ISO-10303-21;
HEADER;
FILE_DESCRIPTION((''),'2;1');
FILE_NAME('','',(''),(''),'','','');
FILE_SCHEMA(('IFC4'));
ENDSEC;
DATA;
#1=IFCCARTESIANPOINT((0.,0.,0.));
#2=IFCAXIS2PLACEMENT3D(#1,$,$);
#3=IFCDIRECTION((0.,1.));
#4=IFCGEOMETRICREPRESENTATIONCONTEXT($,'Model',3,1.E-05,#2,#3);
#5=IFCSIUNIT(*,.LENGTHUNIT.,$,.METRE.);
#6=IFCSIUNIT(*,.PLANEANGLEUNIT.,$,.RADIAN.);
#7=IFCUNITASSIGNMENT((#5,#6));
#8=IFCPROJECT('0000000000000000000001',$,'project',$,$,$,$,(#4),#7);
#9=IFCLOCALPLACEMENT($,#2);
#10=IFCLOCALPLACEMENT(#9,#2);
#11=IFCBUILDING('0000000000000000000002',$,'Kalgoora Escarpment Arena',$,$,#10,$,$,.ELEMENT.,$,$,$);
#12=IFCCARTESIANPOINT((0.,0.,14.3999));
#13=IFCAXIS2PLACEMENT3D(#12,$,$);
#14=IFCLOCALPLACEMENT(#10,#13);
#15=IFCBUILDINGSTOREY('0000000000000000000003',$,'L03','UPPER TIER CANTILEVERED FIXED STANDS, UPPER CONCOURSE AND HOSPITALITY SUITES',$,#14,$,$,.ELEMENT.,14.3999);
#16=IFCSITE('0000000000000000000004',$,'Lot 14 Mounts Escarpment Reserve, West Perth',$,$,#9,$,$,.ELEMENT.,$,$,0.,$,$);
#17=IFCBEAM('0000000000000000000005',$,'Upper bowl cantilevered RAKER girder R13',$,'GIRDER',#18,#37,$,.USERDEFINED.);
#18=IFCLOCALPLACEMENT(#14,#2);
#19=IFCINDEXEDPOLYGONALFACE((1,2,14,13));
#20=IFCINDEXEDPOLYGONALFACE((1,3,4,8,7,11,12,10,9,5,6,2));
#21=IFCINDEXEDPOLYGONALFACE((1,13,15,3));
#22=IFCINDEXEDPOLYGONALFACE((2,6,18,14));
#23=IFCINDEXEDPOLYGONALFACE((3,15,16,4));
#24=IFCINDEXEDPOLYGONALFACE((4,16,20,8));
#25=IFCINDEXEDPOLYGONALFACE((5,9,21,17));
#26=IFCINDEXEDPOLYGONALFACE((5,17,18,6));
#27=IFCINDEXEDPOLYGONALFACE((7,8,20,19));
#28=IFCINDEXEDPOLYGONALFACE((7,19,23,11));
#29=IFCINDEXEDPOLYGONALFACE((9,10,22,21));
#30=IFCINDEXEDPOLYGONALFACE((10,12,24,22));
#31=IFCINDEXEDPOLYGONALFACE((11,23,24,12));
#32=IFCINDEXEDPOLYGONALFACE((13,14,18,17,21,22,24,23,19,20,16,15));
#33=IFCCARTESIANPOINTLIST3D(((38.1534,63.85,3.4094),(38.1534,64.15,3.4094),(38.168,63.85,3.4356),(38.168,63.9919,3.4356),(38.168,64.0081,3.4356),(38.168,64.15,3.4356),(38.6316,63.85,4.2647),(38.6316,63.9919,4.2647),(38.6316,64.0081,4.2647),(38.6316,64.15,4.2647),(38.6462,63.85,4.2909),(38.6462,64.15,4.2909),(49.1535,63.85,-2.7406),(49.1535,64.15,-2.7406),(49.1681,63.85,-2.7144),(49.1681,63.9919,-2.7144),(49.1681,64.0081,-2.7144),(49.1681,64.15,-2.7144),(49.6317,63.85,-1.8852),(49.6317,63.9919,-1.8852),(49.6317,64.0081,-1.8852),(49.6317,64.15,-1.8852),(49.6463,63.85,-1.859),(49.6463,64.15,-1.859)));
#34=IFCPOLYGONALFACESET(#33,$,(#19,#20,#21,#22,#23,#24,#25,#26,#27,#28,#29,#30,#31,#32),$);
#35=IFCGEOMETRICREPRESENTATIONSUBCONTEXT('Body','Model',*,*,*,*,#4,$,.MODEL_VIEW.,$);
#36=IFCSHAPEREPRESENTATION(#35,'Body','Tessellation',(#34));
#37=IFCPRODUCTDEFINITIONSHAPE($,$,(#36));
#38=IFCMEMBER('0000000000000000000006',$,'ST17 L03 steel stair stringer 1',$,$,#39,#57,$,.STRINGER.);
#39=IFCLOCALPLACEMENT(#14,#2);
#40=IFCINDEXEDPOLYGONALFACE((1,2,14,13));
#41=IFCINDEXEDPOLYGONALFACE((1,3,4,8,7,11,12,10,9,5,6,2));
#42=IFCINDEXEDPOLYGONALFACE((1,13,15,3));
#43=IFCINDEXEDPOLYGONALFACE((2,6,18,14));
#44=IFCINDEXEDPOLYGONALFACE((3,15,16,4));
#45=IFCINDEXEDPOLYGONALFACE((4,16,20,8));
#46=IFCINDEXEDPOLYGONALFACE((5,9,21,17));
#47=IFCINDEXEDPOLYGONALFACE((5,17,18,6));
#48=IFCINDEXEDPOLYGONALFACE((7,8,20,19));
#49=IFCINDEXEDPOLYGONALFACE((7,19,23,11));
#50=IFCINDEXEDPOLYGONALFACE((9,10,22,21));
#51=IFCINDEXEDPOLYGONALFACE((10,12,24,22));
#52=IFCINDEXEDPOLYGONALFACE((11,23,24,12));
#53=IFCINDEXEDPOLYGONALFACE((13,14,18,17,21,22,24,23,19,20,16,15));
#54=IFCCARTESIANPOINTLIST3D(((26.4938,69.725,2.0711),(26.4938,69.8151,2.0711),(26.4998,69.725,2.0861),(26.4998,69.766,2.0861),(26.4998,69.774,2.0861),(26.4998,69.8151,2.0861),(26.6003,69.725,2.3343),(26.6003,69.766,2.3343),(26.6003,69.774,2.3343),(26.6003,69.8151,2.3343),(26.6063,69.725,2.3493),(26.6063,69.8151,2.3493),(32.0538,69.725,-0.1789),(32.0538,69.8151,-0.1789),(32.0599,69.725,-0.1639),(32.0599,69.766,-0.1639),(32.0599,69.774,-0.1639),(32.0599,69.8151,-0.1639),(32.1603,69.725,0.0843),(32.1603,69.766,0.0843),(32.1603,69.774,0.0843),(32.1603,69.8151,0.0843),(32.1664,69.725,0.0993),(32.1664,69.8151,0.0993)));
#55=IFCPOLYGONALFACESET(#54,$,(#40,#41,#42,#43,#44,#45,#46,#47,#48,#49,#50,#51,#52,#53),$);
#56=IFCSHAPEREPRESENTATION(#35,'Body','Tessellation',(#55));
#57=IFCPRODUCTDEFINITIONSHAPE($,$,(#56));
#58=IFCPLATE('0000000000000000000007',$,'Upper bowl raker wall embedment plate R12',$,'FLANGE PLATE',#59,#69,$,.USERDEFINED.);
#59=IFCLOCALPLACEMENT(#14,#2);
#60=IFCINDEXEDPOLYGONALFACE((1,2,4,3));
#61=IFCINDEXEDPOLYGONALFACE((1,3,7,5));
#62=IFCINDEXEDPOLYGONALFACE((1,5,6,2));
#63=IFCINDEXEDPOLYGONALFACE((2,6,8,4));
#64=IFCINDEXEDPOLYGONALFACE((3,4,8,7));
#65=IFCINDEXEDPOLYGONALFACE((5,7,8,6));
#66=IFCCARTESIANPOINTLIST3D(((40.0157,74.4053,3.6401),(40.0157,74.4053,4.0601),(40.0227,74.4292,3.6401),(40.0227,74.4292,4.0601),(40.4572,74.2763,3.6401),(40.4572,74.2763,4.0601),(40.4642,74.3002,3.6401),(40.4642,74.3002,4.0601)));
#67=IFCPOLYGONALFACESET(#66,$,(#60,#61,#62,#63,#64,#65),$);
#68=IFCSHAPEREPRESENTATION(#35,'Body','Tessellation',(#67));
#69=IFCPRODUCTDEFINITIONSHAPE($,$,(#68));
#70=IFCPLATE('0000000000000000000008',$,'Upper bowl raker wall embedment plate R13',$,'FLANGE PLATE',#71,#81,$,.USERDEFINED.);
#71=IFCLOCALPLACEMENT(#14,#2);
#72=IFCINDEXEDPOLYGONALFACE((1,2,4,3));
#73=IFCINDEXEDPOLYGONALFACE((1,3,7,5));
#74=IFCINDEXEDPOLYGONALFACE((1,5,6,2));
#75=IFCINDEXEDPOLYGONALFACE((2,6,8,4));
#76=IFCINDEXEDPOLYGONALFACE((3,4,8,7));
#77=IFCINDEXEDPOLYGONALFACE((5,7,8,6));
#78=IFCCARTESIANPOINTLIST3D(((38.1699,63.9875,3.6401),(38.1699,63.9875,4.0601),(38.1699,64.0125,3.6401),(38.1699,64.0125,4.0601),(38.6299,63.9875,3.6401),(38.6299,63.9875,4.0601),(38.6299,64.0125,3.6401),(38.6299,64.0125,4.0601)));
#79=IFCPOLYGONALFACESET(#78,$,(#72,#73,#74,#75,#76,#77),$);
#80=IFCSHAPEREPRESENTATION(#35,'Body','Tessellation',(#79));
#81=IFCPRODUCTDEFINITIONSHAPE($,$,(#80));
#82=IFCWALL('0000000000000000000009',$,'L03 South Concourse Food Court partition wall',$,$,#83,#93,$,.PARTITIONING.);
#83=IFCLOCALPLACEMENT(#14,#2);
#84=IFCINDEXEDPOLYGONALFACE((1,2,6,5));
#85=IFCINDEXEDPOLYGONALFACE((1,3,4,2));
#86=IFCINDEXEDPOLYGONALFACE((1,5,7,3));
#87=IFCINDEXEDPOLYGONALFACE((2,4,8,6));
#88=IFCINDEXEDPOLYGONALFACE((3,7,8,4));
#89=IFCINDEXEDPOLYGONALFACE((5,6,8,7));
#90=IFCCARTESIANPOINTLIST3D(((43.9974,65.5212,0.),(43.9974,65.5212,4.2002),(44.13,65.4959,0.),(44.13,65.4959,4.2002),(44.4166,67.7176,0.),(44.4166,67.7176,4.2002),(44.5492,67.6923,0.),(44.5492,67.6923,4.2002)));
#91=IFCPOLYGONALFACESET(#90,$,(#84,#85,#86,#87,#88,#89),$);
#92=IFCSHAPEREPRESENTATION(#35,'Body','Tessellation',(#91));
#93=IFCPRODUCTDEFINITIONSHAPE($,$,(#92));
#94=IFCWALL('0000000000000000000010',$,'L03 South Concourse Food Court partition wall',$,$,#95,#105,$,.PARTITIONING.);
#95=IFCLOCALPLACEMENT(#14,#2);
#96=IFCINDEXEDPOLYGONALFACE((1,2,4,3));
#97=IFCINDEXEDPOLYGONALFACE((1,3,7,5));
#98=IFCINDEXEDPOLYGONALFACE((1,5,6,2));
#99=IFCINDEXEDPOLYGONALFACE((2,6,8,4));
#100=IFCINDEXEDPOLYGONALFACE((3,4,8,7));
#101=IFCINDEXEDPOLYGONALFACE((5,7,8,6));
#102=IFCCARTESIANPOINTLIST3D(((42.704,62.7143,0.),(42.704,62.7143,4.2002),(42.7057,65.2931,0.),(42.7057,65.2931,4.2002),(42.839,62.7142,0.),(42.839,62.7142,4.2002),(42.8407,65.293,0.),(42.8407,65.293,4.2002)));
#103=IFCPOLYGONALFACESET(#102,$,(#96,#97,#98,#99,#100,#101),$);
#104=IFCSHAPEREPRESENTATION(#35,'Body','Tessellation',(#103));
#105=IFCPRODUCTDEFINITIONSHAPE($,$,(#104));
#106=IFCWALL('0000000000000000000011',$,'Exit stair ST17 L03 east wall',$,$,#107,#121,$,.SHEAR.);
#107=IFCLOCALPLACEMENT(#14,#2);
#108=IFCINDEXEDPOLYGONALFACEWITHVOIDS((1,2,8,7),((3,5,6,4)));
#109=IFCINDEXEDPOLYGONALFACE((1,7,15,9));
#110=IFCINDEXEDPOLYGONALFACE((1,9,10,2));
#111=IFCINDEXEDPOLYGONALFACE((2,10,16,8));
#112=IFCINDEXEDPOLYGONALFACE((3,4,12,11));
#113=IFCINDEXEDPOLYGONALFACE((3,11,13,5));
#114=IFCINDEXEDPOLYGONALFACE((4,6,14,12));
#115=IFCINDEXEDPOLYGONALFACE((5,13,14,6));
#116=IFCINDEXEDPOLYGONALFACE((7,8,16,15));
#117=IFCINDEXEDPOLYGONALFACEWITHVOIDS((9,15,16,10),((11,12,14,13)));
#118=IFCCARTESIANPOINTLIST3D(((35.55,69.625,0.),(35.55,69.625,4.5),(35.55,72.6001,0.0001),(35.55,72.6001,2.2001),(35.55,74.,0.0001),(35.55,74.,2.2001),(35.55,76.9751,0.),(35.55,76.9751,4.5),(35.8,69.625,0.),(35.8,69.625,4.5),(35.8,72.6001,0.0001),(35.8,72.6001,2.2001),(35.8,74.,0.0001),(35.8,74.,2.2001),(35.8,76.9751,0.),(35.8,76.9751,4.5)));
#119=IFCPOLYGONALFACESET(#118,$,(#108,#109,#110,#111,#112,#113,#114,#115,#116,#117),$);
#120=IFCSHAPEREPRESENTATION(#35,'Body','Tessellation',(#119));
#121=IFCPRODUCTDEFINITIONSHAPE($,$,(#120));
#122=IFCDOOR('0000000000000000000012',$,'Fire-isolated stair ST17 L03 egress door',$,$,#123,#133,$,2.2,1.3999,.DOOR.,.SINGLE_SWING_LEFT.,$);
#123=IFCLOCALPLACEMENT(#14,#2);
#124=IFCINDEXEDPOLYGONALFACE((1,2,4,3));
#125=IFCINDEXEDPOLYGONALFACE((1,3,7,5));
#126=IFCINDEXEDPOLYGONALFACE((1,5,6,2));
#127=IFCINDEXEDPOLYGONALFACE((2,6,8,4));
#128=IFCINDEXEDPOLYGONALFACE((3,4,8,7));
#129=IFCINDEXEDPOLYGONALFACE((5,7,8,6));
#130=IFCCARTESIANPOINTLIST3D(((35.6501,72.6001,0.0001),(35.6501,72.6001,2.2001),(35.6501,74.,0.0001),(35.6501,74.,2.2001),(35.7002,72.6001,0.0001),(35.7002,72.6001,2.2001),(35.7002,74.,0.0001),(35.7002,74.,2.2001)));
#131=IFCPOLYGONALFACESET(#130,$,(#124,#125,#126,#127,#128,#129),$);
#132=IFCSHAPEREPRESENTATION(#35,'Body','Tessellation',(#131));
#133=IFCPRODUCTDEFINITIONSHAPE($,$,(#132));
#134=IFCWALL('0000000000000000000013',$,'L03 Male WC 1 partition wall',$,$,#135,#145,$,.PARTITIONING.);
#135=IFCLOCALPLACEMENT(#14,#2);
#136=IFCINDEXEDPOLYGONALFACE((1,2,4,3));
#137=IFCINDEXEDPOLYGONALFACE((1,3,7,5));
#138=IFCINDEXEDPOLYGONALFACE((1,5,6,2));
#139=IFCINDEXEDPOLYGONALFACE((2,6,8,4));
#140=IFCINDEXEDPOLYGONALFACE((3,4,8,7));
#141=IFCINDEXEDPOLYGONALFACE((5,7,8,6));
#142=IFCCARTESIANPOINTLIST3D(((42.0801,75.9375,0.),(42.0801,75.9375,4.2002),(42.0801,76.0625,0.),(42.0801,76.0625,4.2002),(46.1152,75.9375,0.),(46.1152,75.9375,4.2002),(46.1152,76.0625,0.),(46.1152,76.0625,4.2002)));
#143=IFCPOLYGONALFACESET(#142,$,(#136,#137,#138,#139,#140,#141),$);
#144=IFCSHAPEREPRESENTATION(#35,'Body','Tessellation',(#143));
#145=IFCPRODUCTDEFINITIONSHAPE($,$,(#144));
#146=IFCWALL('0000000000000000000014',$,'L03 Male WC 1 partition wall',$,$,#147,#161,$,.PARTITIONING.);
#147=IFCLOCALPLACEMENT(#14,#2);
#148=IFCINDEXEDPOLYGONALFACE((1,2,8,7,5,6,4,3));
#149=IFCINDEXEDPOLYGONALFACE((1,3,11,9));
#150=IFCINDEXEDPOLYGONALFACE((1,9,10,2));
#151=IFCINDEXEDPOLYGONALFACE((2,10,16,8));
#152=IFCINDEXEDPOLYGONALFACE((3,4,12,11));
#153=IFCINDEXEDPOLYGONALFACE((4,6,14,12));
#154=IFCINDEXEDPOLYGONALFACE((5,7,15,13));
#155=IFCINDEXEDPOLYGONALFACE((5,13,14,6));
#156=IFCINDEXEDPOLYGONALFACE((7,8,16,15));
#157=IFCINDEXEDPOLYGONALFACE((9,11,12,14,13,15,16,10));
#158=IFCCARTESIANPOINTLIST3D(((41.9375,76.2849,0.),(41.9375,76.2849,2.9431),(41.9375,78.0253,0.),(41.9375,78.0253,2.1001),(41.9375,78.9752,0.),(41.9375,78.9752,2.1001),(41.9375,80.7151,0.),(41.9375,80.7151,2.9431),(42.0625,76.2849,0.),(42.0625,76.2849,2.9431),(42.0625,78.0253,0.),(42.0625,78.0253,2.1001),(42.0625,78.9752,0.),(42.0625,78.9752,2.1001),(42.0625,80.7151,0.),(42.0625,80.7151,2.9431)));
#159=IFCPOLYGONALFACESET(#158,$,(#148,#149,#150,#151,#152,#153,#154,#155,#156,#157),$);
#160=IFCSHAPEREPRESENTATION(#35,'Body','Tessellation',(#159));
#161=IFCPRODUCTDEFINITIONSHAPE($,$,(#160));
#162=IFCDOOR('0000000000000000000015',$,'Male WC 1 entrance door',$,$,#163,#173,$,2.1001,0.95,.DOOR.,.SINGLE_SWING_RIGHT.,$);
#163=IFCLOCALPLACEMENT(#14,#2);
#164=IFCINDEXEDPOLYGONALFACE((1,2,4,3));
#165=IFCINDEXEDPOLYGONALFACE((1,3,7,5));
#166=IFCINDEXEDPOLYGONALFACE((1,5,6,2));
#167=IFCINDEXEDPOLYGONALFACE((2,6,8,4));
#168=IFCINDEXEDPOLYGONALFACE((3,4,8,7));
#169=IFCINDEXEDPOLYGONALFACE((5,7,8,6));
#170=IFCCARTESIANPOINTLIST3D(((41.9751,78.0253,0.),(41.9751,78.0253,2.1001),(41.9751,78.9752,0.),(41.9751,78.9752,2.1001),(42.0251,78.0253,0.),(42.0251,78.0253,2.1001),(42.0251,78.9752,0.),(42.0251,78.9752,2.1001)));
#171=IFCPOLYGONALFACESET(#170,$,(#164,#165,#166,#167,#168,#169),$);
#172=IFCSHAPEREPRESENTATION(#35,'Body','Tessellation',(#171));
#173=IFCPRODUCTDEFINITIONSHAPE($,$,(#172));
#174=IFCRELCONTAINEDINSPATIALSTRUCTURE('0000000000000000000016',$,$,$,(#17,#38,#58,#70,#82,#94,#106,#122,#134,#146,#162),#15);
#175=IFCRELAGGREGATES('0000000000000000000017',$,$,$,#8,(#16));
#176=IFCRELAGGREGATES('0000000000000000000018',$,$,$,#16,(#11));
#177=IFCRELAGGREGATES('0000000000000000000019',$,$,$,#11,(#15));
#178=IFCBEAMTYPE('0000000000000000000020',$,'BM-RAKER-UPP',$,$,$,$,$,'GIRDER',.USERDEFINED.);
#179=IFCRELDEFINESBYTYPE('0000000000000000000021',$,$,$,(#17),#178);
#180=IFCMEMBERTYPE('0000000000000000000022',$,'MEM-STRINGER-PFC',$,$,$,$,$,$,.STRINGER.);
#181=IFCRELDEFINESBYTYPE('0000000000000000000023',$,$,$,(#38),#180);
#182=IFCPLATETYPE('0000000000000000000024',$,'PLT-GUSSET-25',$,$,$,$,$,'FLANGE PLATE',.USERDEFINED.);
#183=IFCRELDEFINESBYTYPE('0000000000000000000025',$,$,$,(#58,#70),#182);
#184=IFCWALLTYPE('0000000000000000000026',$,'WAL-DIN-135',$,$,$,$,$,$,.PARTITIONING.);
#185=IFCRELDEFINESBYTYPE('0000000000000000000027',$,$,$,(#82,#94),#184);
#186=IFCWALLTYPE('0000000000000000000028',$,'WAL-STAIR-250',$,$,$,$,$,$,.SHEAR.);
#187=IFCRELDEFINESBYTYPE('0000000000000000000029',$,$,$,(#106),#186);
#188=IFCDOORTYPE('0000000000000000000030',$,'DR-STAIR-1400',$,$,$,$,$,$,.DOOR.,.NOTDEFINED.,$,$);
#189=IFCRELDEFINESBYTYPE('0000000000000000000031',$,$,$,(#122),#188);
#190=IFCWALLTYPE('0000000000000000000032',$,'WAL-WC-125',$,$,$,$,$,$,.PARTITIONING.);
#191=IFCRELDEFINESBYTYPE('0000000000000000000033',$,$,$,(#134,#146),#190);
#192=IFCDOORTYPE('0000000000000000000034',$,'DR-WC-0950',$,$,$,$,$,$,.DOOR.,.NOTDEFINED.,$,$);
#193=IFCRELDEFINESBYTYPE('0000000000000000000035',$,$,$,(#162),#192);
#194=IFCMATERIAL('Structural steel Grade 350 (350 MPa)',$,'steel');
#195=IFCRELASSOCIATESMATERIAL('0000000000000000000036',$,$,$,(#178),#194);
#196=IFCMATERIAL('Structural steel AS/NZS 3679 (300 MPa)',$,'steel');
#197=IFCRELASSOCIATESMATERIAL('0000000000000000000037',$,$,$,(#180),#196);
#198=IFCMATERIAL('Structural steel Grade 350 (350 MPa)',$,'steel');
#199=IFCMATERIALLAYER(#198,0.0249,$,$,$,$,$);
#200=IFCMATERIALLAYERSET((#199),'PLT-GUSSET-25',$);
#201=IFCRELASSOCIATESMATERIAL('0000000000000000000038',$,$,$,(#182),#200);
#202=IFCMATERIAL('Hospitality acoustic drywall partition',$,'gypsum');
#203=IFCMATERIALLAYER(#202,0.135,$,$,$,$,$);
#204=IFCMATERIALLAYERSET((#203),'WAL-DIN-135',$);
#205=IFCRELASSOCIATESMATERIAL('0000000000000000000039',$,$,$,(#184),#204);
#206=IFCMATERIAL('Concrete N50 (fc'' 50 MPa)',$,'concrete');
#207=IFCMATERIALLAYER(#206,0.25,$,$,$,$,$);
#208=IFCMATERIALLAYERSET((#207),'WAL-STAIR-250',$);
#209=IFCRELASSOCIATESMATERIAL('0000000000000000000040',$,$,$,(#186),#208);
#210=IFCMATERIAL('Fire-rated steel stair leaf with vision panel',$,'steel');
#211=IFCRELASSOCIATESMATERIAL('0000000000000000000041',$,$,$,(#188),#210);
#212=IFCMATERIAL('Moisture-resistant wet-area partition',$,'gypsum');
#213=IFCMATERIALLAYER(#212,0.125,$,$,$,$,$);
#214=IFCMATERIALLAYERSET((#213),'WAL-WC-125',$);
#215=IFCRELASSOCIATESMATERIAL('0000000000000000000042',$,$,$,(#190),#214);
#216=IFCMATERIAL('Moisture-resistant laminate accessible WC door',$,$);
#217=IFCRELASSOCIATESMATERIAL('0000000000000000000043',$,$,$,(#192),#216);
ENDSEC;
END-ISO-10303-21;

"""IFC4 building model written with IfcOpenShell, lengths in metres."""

from ifc_helpers import new_model, si_unit, direction, frame, frame_2d, origin, origin_2d, place, context, subcontext, project, spatial, rectangle, i_section, extrude, material, layer, layer_set, material_profile, profile_set, type_object, element, fill, save


model = new_model("IFC4")

# Units and contexts
model_context = context("Model", 3, precision=1e-05, world=origin(), true_north=direction((0.0, 1.0)))
body_context = subcontext(model_context, "Body", "Model", "MODEL_VIEW")
ifc_project = project(units=[si_unit("LENGTHUNIT", "METRE"), si_unit("PLANEANGLEUNIT", "RADIAN")], contexts=[model_context])

# Site, building, storey
site_placement = place(None, origin())
site = spatial("IfcSite", under=ifc_project, at=site_placement, Name="Lot 14 Mounts Escarpment Reserve, West Perth", CompositionType="ELEMENT", RefElevation=0.0)
building_placement = place(site_placement, origin())
building = spatial("IfcBuilding", under=site, at=building_placement, Name="Kalgoora Escarpment Arena", CompositionType="ELEMENT")
storey_placement = place(building_placement, frame((0.0, 0.0, 14.3999)))
storey = spatial("IfcBuildingStorey", under=building, at=storey_placement, Name="L03", Description="UPPER TIER CANTILEVERED FIXED STANDS, UPPER CONCOURSE AND HOSPITALITY SUITES", CompositionType="ELEMENT", Elevation=14.3999)

# Beam
ifc_material_1 = material(Name="Structural steel Grade 350 (350 MPa)", Category="steel")
ifc_material_profile_1 = material_profile(ifc_material_1, i_section(OverallWidth=0.3, OverallDepth=1.01, WebThickness=0.0161, FlangeThickness=0.03, at=origin_2d()))
ifc_profile_set_1 = profile_set([ifc_material_profile_1], Name="Structural steel Grade 350 (350 MPa)")
beam_type_1 = type_object("IfcBeamType", Name="BM-RAKER-UPP", ElementType="GIRDER", PredefinedType="USERDEFINED", material=ifc_profile_set_1)
beam_1_placement = place(storey_placement, frame((49.3999, 64.0, -2.2998), z_axis=(-0.872847, 0.0, 0.487993), x_axis=(0.0, -1.0, 0.0)))
element("IfcBeam", 1, at=beam_1_placement, inside=storey, type_object=beam_type_1, Name="Upper bowl cantilevered RAKER girder R13", ObjectType="GIRDER", PredefinedType="USERDEFINED", context=body_context, shape_type="SweptSolid", body=[
    extrude(i_section(OverallWidth=0.3, OverallDepth=1.01, WebThickness=0.0161, FlangeThickness=0.03, at=origin_2d()), origin(), (0.0, 0.0, 1.0), 12.6025),
])

# Member
ifc_material_2 = material(Name="Structural steel AS/NZS 3679 (300 MPa)", Category="steel")
ifc_material_profile_2 = material_profile(ifc_material_2, i_section(OverallWidth=0.0901, OverallDepth=0.3, WebThickness=0.0081, FlangeThickness=0.0161, at=origin_2d()))
ifc_profile_set_2 = profile_set([ifc_material_profile_2], Name="Structural steel AS/NZS 3679 (300 MPa)")
member_type = type_object("IfcMemberType", Name="MEM-STRINGER-PFC", PredefinedType="STRINGER", material=ifc_profile_set_2)
member_placement = place(storey_placement, frame((32.1101, 69.77, -0.0398), z_axis=(-0.926976, 0.0, 0.375121), x_axis=(0.0, -1.0, 0.0)))
element("IfcMember", 2, at=member_placement, inside=storey, type_object=member_type, Name="ST17 L03 steel stair stringer 1", PredefinedType="STRINGER", context=body_context, shape_type="SweptSolid", body=[
    extrude(i_section(OverallWidth=0.0901, OverallDepth=0.3, WebThickness=0.0081, FlangeThickness=0.0161, at=origin_2d()), origin(), (0.0, 0.0, 1.0), 5.998),
])

# Plates
ifc_material_3 = material(Name="Structural steel Grade 350 (350 MPa)", Category="steel")
ifc_layer_1 = layer(ifc_material_3, 0.0249)
ifc_layer_set_1 = layer_set([ifc_layer_1], Name="PLT-GUSSET-25")
plate_type = type_object("IfcPlateType", Name="PLT-GUSSET-25", ElementType="FLANGE PLATE", PredefinedType="USERDEFINED", material=ifc_layer_set_1)
for number, where, z_axis, x_axis, name in (
    (3, (40.24, 74.3528, 3.6401), (0.0, 0.0, 1.0), (-0.959854, 0.280499, 0.0), "Upper bowl raker wall embedment plate R12"),
    (4, (38.3999, 64.0, 3.6401), (0.0, 0.0, 1.0), (-1.0, 0.0, 0.0), "Upper bowl raker wall embedment plate R13"),
):
    element("IfcPlate", number, at=place(storey_placement, frame(where, z_axis=z_axis, x_axis=x_axis)), inside=storey, type_object=plate_type, Name=name, ObjectType="FLANGE PLATE", PredefinedType="USERDEFINED", context=body_context, shape_type="SweptSolid", body=[
        extrude(rectangle(XDim=0.46, YDim=0.0249, at=origin_2d()), origin(), (0.0, 0.0, 1.0), 0.4199),
    ])

# Walls
ifc_material_4 = material(Name="Hospitality acoustic drywall partition", Category="gypsum")
ifc_layer_2 = layer(ifc_material_4, 0.135)
ifc_layer_set_2 = layer_set([ifc_layer_2], Name="WAL-DIN-135")
wall_type_1 = type_object("IfcWallType", Name="WAL-DIN-135", PredefinedType="PARTITIONING", material=ifc_layer_set_2)
wall_1_placement = place(storey_placement, frame((44.4829, 67.7051, 0.0), z_axis=(0.0, 0.0, 1.0), x_axis=(-0.187458, -0.982273, 0.0)))
element("IfcWall", 5, at=wall_1_placement, inside=storey, type_object=wall_type_1, Name="L03 South Concourse Food Court partition wall", PredefinedType="PARTITIONING", context=body_context, shape_type="SweptSolid", body=[
    extrude(rectangle(XDim=2.2361, YDim=0.135, at=frame_2d((1.1182, 0.0))), origin(), (0.0, 0.0, 1.0), 4.2002),
])
wall_2_placement = place(storey_placement, frame((42.7732, 65.2932, 0.0), z_axis=(0.0, 0.0, 1.0), x_axis=(-0.000663, -1.0, 0.0)))
element("IfcWall", 6, at=wall_2_placement, inside=storey, type_object=wall_type_1, Name="L03 South Concourse Food Court partition wall", PredefinedType="PARTITIONING", context=body_context, shape_type="SweptSolid", body=[
    extrude(rectangle(XDim=2.5789, YDim=0.135, at=frame_2d((1.2896, 0.0))), origin(), (0.0, 0.0, 1.0), 4.2002),
])

# Wall, opening, door
ifc_material_5 = material(Name="Concrete N50 (fc' 50 MPa)", Category="concrete")
ifc_layer_3 = layer(ifc_material_5, 0.25)
ifc_layer_set_3 = layer_set([ifc_layer_3], Name="WAL-STAIR-250")
wall_type_2 = type_object("IfcWallType", Name="WAL-STAIR-250", PredefinedType="SHEAR", material=ifc_layer_set_3)
wall_3_placement = place(storey_placement, frame((35.675, 69.625, 0.0), z_axis=(0.0, 0.0, 1.0), x_axis=(0.0, 1.0, 0.0)))
wall_3 = element("IfcWall", 7, at=wall_3_placement, inside=storey, type_object=wall_type_2, Name="Exit stair ST17 L03 east wall", PredefinedType="SHEAR", context=body_context, shape_type="SweptSolid", body=[
    extrude(rectangle(XDim=7.3501, YDim=0.25, at=frame_2d((3.675, 0.0))), origin(), (0.0, 0.0, 1.0), 4.5),
])
opening_1_placement = place(wall_3_placement, frame((2.9751, 0.0, 0.0)))
opening_1 = element("IfcOpeningElement", 8, at=opening_1_placement, cuts=wall_3, PredefinedType="OPENING", context=body_context, shape_type="SweptSolid", body=[
    extrude(rectangle(XDim=1.3999, YDim=2.2, at=frame_2d((0.7, 1.1001))), frame((0.0, 0.135, 0.0), z_axis=(0.0, -1.0, 0.0), x_axis=(1.0, 0.0, 0.0)), (0.0, 0.0, 1.0), 0.27),
])
ifc_material_6 = material(Name="Fire-rated steel stair leaf with vision panel", Category="steel")
door_type_1 = type_object("IfcDoorType", Name="DR-STAIR-1400", OperationType="NOTDEFINED", PredefinedType="DOOR", material=ifc_material_6)
door_1_placement = place(opening_1_placement, origin())
door_1 = element("IfcDoor", 9, at=door_1_placement, inside=storey, type_object=door_type_1, Name="Fire-isolated stair ST17 L03 egress door", OperationType="SINGLE_SWING_LEFT", OverallHeight=2.2, OverallWidth=1.3999, PredefinedType="DOOR", context=body_context, shape_type="SweptSolid", body=[
    extrude(rectangle(XDim=1.3999, YDim=2.2, at=frame_2d((0.7, 1.1001))), frame((0.0, 0.0249, 0.0), z_axis=(0.0, -1.0, 0.0), x_axis=(1.0, 0.0, 0.0)), (0.0, 0.0, 1.0), 0.05),
])
fill(opening_1, door_1)

# Wall
ifc_material_7 = material(Name="Moisture-resistant wet-area partition", Category="gypsum")
ifc_layer_4 = layer(ifc_material_7, 0.125)
ifc_layer_set_4 = layer_set([ifc_layer_4], Name="WAL-WC-125")
wall_type_3 = type_object("IfcWallType", Name="WAL-WC-125", PredefinedType="PARTITIONING", material=ifc_layer_set_4)
wall_4_placement = place(storey_placement, frame((46.1152, 76.0, 0.0), z_axis=(0.0, 0.0, 1.0), x_axis=(-1.0, 0.0, 0.0)))
element("IfcWall", 10, at=wall_4_placement, inside=storey, type_object=wall_type_3, Name="L03 Male WC 1 partition wall", PredefinedType="PARTITIONING", context=body_context, shape_type="SweptSolid", body=[
    extrude(rectangle(XDim=4.0352, YDim=0.125, at=frame_2d((2.0176, 0.0))), origin(), (0.0, 0.0, 1.0), 4.2002),
])

# Wall, opening, door
wall_5_placement = place(storey_placement, frame((42.0, 76.2849, 0.0), z_axis=(0.0, 0.0, 1.0), x_axis=(0.0, 1.0, 0.0)))
wall_5 = element("IfcWall", 11, at=wall_5_placement, inside=storey, type_object=wall_type_3, Name="L03 Male WC 1 partition wall", PredefinedType="PARTITIONING", context=body_context, shape_type="SweptSolid", body=[
    extrude(rectangle(XDim=4.4302, YDim=0.125, at=frame_2d((2.2151, 0.0))), origin(), (0.0, 0.0, 1.0), 2.9431),
])
opening_2_placement = place(wall_5_placement, frame((1.7402, 0.0, 0.0)))
opening_2 = element("IfcOpeningElement", 12, at=opening_2_placement, cuts=wall_5, PredefinedType="OPENING", context=body_context, shape_type="SweptSolid", body=[
    extrude(rectangle(XDim=0.95, YDim=2.1001, at=frame_2d((0.4751, 1.05))), frame((0.0, 0.0725, 0.0), z_axis=(0.0, -1.0, 0.0), x_axis=(1.0, 0.0, 0.0)), (0.0, 0.0, 1.0), 0.145),
])
ifc_material_8 = material(Name="Moisture-resistant laminate accessible WC door")
door_type_2 = type_object("IfcDoorType", Name="DR-WC-0950", OperationType="NOTDEFINED", PredefinedType="DOOR", material=ifc_material_8)
door_2_placement = place(opening_2_placement, origin())
door_2 = element("IfcDoor", 13, at=door_2_placement, inside=storey, type_object=door_type_2, Name="Male WC 1 entrance door", OperationType="SINGLE_SWING_RIGHT", OverallHeight=2.1001, OverallWidth=0.95, PredefinedType="DOOR", context=body_context, shape_type="SweptSolid", body=[
    extrude(rectangle(XDim=0.95, YDim=2.1001, at=frame_2d((0.4751, 1.05))), frame((0.0, 0.0249, 0.0), z_axis=(0.0, -1.0, 0.0), x_axis=(1.0, 0.0, 0.0)), (0.0, 0.0, 1.0), 0.05),
])
fill(opening_2, door_2)

save(model, "model.ifc")
